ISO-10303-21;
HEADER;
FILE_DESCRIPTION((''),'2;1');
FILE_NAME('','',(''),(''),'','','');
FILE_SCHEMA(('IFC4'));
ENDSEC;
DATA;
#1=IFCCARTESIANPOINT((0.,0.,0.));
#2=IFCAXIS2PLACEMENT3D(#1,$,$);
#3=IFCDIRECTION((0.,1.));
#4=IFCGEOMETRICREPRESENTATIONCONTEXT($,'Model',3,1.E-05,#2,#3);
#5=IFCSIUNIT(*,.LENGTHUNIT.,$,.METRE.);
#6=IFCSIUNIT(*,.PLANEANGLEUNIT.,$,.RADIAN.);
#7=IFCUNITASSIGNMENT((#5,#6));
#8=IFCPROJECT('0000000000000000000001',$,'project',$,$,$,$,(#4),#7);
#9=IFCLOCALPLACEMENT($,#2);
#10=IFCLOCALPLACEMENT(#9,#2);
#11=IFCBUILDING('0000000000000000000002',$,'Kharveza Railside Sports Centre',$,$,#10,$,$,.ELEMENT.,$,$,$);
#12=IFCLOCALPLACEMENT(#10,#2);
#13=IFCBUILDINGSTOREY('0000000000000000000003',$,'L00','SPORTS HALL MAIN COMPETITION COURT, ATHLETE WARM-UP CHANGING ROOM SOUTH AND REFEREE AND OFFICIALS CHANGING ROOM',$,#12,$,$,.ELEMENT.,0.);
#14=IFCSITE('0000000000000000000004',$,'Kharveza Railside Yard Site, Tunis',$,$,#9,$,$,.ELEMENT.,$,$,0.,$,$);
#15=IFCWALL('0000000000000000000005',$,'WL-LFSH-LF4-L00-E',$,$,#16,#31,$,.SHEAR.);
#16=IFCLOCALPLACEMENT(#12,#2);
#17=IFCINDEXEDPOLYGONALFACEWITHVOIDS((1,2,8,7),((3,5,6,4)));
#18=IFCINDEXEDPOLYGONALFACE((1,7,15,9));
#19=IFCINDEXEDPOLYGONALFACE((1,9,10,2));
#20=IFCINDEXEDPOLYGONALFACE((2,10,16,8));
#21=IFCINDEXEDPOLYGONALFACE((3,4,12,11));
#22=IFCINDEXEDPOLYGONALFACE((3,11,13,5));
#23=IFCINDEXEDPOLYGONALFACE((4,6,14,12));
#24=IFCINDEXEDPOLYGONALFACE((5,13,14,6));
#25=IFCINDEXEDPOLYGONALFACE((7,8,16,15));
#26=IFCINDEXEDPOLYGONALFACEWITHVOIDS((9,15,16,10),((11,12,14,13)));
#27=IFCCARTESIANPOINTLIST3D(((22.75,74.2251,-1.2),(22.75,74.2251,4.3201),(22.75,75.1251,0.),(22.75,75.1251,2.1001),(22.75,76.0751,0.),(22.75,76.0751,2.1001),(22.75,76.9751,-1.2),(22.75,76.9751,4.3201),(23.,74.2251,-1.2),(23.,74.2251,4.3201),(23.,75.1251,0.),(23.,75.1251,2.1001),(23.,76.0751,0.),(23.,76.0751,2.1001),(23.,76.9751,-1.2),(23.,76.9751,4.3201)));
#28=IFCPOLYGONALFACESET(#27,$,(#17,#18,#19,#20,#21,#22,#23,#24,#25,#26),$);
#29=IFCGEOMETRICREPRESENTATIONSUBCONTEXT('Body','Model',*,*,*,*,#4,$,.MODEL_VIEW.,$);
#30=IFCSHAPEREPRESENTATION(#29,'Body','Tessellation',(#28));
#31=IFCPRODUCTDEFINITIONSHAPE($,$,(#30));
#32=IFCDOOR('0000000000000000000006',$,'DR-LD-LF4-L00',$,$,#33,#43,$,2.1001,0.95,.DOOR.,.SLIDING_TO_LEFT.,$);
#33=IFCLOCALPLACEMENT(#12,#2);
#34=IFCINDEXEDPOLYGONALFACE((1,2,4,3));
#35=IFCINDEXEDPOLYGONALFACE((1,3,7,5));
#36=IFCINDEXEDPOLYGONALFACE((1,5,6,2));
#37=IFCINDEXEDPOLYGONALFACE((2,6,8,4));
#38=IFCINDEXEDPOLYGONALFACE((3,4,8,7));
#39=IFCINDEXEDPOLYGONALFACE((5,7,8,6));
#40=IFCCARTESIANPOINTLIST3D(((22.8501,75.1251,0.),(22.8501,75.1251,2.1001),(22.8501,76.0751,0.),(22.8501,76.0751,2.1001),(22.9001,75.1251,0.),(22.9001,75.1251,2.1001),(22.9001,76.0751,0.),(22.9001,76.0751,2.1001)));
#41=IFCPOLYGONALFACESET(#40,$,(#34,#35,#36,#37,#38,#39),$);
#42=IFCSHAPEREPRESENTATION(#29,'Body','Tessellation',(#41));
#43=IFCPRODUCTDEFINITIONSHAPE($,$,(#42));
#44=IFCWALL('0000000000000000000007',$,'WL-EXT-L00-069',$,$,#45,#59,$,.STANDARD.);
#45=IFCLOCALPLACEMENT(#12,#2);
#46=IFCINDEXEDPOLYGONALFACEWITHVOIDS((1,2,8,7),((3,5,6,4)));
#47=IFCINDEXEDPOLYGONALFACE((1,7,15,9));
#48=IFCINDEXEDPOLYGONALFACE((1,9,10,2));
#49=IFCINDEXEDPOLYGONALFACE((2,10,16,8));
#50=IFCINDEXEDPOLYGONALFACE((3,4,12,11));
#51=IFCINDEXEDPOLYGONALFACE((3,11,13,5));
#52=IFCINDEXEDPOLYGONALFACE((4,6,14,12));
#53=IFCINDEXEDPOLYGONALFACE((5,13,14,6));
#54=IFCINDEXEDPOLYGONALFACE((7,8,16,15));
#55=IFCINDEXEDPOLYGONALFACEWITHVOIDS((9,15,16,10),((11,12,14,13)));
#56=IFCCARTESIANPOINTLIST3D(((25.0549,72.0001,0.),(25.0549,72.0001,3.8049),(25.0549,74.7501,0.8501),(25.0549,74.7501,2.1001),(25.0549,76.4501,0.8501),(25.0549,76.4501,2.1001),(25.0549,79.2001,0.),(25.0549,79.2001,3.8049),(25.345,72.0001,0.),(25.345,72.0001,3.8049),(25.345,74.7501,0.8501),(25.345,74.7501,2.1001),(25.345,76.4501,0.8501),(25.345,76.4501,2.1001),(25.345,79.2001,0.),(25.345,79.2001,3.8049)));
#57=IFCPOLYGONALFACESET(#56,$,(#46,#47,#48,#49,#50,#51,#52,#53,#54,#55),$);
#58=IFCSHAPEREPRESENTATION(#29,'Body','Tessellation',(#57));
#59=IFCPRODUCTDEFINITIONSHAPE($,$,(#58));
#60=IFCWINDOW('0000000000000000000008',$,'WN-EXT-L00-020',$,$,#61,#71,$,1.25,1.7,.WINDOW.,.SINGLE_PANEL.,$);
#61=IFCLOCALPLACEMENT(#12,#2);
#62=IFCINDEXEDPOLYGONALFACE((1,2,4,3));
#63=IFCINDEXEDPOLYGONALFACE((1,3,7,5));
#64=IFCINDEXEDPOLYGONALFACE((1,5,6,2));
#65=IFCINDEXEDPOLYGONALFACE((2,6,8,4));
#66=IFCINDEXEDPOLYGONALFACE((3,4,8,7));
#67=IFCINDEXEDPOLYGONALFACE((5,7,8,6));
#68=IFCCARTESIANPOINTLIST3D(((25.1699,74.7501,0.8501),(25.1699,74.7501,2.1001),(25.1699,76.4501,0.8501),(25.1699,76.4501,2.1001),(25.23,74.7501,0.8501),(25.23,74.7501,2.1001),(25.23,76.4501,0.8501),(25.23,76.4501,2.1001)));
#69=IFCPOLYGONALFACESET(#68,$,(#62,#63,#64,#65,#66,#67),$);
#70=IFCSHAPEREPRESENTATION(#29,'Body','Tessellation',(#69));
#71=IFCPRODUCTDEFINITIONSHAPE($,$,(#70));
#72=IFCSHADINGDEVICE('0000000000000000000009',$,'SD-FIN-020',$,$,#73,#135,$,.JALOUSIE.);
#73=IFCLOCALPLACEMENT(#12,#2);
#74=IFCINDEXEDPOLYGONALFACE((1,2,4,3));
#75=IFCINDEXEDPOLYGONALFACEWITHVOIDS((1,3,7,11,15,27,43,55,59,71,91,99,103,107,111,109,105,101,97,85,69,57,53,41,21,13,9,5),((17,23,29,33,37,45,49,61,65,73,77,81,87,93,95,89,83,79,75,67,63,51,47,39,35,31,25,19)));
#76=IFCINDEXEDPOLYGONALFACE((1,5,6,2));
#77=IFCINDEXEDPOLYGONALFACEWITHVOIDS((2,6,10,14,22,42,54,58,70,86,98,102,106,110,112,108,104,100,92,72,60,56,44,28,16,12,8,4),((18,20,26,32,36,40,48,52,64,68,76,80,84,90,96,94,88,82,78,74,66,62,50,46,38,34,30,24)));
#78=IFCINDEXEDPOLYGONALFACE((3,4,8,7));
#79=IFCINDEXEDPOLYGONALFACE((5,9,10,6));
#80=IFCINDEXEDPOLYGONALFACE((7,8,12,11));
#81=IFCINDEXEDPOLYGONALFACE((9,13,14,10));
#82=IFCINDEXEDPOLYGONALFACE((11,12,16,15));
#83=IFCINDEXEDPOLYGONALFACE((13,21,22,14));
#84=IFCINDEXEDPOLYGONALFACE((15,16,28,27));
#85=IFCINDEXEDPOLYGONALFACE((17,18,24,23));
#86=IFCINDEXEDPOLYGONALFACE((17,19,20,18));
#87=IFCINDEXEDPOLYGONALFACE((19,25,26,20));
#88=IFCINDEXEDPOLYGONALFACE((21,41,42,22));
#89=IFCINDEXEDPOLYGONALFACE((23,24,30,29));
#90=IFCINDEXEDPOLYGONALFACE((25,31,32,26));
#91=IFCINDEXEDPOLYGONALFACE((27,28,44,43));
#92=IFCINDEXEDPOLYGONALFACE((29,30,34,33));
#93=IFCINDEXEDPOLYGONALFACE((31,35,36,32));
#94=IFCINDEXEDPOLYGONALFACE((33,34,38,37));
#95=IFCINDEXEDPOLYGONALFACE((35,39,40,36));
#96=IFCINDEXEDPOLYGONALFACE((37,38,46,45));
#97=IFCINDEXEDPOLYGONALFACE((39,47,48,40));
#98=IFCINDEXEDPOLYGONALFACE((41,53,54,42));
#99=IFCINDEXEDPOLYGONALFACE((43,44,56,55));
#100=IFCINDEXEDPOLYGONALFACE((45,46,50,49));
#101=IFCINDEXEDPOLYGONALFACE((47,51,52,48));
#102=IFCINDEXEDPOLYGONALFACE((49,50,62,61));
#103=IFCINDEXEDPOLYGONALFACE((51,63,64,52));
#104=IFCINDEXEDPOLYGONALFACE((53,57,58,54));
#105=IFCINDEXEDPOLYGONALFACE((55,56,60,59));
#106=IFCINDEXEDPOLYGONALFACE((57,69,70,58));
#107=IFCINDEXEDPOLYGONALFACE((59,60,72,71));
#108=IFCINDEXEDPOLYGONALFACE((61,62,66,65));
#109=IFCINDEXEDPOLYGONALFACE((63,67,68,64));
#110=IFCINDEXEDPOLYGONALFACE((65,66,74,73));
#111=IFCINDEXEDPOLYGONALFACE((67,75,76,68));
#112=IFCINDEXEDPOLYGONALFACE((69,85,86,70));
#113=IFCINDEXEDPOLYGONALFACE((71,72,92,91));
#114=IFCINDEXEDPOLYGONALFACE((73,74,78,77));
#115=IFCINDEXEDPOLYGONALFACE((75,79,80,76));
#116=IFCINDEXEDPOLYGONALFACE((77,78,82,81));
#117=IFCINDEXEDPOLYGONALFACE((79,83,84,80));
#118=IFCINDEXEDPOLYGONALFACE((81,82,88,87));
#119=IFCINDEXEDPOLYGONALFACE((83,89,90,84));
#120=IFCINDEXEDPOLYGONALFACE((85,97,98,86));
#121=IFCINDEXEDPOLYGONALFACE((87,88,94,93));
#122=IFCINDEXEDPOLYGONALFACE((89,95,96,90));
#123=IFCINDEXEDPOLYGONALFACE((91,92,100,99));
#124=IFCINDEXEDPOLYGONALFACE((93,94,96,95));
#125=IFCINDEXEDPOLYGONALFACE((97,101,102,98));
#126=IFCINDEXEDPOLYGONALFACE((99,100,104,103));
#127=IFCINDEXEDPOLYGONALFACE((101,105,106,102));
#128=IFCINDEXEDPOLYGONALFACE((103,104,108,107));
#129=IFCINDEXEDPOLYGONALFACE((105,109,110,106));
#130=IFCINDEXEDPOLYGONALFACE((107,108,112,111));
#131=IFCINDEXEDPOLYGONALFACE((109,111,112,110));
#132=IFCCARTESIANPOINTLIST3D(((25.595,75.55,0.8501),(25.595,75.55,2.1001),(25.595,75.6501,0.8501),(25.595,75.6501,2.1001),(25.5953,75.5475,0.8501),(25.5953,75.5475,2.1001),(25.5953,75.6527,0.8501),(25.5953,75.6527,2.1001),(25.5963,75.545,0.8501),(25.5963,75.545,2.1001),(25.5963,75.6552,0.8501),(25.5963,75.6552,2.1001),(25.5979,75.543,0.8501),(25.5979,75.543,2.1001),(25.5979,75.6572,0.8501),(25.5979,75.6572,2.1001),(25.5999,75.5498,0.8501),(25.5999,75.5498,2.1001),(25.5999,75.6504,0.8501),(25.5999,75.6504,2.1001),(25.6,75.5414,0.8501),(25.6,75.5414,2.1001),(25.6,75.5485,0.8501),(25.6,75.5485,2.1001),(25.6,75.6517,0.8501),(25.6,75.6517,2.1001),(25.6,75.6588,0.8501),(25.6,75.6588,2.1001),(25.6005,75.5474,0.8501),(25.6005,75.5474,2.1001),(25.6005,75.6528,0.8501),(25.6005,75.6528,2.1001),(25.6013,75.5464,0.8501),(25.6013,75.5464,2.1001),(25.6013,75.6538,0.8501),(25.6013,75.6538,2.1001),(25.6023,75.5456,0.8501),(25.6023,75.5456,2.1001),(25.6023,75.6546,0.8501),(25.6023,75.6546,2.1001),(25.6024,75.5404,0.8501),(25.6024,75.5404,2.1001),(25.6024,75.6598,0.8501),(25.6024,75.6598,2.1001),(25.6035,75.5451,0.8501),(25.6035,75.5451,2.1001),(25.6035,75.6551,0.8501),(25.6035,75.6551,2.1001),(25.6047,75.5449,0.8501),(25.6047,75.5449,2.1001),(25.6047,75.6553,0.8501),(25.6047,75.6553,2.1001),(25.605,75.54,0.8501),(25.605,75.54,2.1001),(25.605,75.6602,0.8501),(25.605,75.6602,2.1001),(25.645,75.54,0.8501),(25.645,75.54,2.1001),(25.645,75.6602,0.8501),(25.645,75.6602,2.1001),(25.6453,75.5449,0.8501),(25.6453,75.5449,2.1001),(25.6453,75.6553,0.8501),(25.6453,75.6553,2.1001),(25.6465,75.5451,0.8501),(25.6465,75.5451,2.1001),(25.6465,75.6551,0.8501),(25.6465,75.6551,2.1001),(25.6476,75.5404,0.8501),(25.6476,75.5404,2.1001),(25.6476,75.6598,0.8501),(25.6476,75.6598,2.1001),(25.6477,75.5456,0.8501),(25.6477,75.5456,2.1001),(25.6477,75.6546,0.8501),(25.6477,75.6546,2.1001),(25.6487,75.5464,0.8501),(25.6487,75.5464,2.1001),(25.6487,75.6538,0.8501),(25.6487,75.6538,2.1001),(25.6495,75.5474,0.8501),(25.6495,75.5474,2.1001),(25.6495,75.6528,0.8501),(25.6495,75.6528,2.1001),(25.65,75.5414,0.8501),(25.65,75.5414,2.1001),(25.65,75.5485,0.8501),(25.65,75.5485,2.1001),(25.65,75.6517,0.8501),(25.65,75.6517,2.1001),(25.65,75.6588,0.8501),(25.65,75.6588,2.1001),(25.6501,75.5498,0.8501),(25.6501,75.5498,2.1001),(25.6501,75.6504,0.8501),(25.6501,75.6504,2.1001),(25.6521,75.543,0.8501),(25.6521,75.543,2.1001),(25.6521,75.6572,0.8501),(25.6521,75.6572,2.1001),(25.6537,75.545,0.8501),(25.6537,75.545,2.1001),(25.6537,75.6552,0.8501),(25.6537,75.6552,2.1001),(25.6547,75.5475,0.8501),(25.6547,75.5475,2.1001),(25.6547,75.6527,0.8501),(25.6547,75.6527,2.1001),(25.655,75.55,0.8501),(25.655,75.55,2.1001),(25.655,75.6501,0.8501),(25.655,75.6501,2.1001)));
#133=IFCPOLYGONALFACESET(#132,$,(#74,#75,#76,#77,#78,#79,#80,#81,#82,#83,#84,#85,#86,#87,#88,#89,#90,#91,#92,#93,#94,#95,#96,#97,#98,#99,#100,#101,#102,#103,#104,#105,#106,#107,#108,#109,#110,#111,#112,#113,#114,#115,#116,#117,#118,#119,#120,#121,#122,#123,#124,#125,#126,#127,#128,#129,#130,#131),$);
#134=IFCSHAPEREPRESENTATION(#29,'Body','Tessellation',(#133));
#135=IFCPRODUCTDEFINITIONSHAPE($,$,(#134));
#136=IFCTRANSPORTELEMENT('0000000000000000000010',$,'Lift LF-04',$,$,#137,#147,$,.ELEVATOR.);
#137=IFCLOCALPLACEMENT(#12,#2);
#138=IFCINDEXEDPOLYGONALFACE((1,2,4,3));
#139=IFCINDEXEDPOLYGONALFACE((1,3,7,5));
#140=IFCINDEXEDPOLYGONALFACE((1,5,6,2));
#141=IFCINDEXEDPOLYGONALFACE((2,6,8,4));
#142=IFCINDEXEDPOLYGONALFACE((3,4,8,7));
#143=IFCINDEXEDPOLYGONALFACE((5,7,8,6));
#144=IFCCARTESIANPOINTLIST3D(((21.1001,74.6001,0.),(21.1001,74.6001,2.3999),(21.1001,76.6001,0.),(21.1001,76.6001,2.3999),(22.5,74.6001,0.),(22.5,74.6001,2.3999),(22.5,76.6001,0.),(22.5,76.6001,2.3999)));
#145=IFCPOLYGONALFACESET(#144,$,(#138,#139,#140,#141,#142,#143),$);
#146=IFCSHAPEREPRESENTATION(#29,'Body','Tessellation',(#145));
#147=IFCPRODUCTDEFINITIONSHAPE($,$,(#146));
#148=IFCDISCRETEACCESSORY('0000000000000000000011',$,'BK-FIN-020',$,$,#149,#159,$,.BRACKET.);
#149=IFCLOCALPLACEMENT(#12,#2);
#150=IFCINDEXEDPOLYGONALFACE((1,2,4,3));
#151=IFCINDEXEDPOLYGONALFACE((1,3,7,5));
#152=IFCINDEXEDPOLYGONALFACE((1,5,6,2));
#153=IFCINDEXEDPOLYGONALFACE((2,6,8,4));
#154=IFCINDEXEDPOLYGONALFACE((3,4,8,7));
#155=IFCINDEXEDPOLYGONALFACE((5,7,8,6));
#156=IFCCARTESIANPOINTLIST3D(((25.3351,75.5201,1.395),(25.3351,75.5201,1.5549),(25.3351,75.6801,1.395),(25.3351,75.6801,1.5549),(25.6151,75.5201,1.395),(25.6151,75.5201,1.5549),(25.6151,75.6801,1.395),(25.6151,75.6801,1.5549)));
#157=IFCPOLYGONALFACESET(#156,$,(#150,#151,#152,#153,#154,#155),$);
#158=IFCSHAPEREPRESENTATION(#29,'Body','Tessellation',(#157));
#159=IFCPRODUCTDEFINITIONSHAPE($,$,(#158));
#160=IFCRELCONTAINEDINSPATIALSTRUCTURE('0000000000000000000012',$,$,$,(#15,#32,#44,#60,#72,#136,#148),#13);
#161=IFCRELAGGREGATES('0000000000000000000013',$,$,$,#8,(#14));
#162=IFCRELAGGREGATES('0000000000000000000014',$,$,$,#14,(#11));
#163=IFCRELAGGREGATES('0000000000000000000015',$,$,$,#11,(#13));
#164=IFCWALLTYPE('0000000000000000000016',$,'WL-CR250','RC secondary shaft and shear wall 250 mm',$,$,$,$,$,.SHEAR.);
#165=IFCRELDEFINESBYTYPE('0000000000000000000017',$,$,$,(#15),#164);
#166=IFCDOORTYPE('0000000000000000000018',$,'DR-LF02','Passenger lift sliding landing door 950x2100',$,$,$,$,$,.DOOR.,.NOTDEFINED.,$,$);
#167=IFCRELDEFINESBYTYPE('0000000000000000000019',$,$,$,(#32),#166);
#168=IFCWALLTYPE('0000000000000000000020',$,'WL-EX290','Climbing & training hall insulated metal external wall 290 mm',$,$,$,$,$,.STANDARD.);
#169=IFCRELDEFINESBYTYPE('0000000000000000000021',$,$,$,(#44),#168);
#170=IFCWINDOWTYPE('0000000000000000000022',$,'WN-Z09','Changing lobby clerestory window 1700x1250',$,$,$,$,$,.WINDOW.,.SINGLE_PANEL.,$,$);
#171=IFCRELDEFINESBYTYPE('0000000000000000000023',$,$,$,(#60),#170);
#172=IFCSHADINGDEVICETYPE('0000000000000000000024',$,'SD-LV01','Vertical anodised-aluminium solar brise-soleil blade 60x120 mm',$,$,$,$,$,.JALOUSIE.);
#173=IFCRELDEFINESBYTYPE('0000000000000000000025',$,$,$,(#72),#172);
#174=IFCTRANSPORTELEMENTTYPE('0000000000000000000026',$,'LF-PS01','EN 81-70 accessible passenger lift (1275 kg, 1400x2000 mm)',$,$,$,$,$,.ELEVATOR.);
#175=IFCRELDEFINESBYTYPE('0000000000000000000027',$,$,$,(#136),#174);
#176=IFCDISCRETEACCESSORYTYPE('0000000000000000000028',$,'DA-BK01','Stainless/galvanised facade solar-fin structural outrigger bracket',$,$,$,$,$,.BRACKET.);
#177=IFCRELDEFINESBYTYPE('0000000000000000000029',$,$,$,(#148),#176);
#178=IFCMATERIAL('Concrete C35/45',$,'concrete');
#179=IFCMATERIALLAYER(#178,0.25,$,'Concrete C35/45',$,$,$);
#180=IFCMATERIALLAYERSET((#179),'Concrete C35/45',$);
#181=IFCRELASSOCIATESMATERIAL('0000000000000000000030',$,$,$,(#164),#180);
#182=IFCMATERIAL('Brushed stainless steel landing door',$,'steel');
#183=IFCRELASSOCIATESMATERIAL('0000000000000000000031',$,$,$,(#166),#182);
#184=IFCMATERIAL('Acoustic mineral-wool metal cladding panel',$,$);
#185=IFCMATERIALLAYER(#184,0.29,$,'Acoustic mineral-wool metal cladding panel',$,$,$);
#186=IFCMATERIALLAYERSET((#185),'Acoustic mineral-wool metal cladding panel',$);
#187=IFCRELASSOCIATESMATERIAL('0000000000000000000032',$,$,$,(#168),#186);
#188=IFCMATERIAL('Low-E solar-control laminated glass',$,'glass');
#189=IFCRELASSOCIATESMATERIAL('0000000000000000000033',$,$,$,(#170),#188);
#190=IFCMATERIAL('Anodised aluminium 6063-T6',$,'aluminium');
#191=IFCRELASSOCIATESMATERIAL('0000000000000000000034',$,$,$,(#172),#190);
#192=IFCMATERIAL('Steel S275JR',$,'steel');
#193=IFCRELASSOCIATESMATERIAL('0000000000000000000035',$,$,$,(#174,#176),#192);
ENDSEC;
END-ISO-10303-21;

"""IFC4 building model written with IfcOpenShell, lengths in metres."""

from ifc_helpers import new_model, si_unit, direction, frame, frame_2d, origin, origin_2d, place, context, subcontext, project, spatial, rectangle, hollow_rectangle, extrude, material, layer, layer_set, material_profile, profile_set, type_object, element, fill, save


model = new_model("IFC4")

# Units and contexts
model_context = context("Model", 3, precision=1e-05, world=origin(), true_north=direction((0.0, 1.0)))
body_context = subcontext(model_context, "Body", "Model", "MODEL_VIEW")
ifc_project = project(units=[si_unit("LENGTHUNIT", "METRE"), si_unit("PLANEANGLEUNIT", "RADIAN")], contexts=[model_context])

# Site, building, storey
site_placement = place(None, origin())
site = spatial("IfcSite", under=ifc_project, at=site_placement, Name="Kharveza Railside Yard Site, Tunis", CompositionType="ELEMENT", RefElevation=0.0)
building_placement = place(site_placement, origin())
building = spatial("IfcBuilding", under=site, at=building_placement, Name="Kharveza Railside Sports Centre", CompositionType="ELEMENT")
storey_placement = place(building_placement, origin())
storey = spatial("IfcBuildingStorey", under=building, at=storey_placement, Name="L00", Description="SPORTS HALL MAIN COMPETITION COURT, ATHLETE WARM-UP CHANGING ROOM SOUTH AND REFEREE AND OFFICIALS CHANGING ROOM", CompositionType="ELEMENT", Elevation=0.0)

# Shared definitions
ifc_material_1 = material(Name="Concrete C35/45", Category="concrete")

# Shared definitions
ifc_layer_1 = layer(ifc_material_1, 0.25, Name="Concrete C35/45")
ifc_layer_set_1 = layer_set([ifc_layer_1], Name="Concrete C35/45")
wall_type_1 = type_object("IfcWallType", Name="WL-CR250", Description="RC secondary shaft and shear wall 250 mm", PredefinedType="SHEAR", material=ifc_layer_set_1)

# Wall, opening, door
wall_1_placement = place(storey_placement, frame((22.875, 74.2251, -1.2), z_axis=(0.0, 0.0, 1.0), x_axis=(0.0, 1.0, 0.0)))
wall_1 = element("IfcWall", 1, at=wall_1_placement, inside=storey, type_object=wall_type_1, Name="WL-LFSH-LF4-L00-E", PredefinedType="SHEAR", context=body_context, shape_type="SweptSolid", body=[
    extrude(rectangle(XDim=2.75, YDim=0.25, at=frame_2d((1.375, 0.0))), origin(), (0.0, 0.0, 1.0), 5.52),
])
opening_1_placement = place(wall_1_placement, frame((0.8999, 0.0, 1.2)))
opening_1 = element("IfcOpeningElement", 2, at=opening_1_placement, cuts=wall_1, PredefinedType="OPENING", context=body_context, shape_type="SweptSolid", body=[
    extrude(rectangle(XDim=0.95, YDim=2.1001, at=frame_2d((0.4751, 1.05))), frame((0.0, 0.1499, 0.0), z_axis=(0.0, -1.0, 0.0), x_axis=(1.0, 0.0, 0.0)), (0.0, 0.0, 1.0), 0.2998),
])
ifc_material_2 = material(Name="Brushed stainless steel landing door", Category="steel")
door_type = type_object("IfcDoorType", Name="DR-LF02", Description="Passenger lift sliding landing door 950x2100", OperationType="NOTDEFINED", PredefinedType="DOOR", material=ifc_material_2)
door_placement = place(opening_1_placement, origin())
door = element("IfcDoor", 3, at=door_placement, inside=storey, type_object=door_type, Name="DR-LD-LF4-L00", OperationType="SLIDING_TO_LEFT", OverallHeight=2.1001, OverallWidth=0.95, PredefinedType="DOOR", context=body_context, shape_type="SweptSolid", body=[
    extrude(rectangle(XDim=0.95, YDim=2.1001, at=frame_2d((0.4751, 1.05))), frame((0.0, 0.0249, 0.0), z_axis=(0.0, -1.0, 0.0), x_axis=(1.0, 0.0, 0.0)), (0.0, 0.0, 1.0), 0.05),
])
fill(opening_1, door)

# Wall, opening, window
ifc_material_3 = material(Name="Acoustic mineral-wool metal cladding panel")
ifc_layer_2 = layer(ifc_material_3, 0.29, Name="Acoustic mineral-wool metal cladding panel")
ifc_layer_set_2 = layer_set([ifc_layer_2], Name="Acoustic mineral-wool metal cladding panel")
wall_type_2 = type_object("IfcWallType", Name="WL-EX290", Description="Climbing & training hall insulated metal external wall 290 mm", PredefinedType="STANDARD", material=ifc_layer_set_2)
wall_2_placement = place(storey_placement, frame((25.2, 72.0, 0.0), z_axis=(0.0, 0.0, 1.0), x_axis=(0.0, 1.0, 0.0)))
wall_2 = element("IfcWall", 4, at=wall_2_placement, inside=storey, type_object=wall_type_2, Name="WL-EXT-L00-069", PredefinedType="STANDARD", context=body_context, shape_type="SweptSolid", body=[
    extrude(rectangle(XDim=7.2, YDim=0.29, at=frame_2d((3.6001, 0.0))), origin(), (0.0, 0.0, 1.0), 3.8049),
])
opening_2_placement = place(wall_2_placement, frame((2.75, 0.0, 0.8501)))
opening_2 = element("IfcOpeningElement", 5, at=opening_2_placement, cuts=wall_2, PredefinedType="OPENING", context=body_context, shape_type="SweptSolid", body=[
    extrude(rectangle(XDim=1.7, YDim=1.25, at=frame_2d((0.8501, 0.625))), frame((0.0, 0.1699, 0.0), z_axis=(0.0, -1.0, 0.0), x_axis=(1.0, 0.0, 0.0)), (0.0, 0.0, 1.0), 0.3398),
])
ifc_material_4 = material(Name="Low-E solar-control laminated glass", Category="glass")
window_type = type_object("IfcWindowType", Name="WN-Z09", Description="Changing lobby clerestory window 1700x1250", PartitioningType="SINGLE_PANEL", PredefinedType="WINDOW", material=ifc_material_4)
window_placement = place(opening_2_placement, origin())
window = element("IfcWindow", 6, at=window_placement, inside=storey, type_object=window_type, Name="WN-EXT-L00-020", OverallHeight=1.25, OverallWidth=1.7, PartitioningType="SINGLE_PANEL", PredefinedType="WINDOW", context=body_context, shape_type="SweptSolid", body=[
    extrude(rectangle(XDim=1.7, YDim=1.25, at=frame_2d((0.8501, 0.625))), frame((0.0, 0.03, 0.0), z_axis=(0.0, -1.0, 0.0), x_axis=(1.0, 0.0, 0.0)), (0.0, 0.0, 1.0), 0.0601),
])
fill(opening_2, window)

# Shading device
ifc_material_5 = material(Name="Anodised aluminium 6063-T6", Category="aluminium")
ifc_material_profile_1 = material_profile(ifc_material_5, hollow_rectangle(XDim=0.0601, YDim=0.1201, WallThickness=0.0049, InnerFilletRadius=0.0049, OuterFilletRadius=0.01, at=origin_2d()), Name="RHS 60x120x5.0")
ifc_profile_set_1 = profile_set([ifc_material_profile_1], Name="Anodised aluminium 6063-T6")
shading_device_type = type_object("IfcShadingDeviceType", Name="SD-LV01", Description="Vertical anodised-aluminium solar brise-soleil blade 60x120 mm", PredefinedType="JALOUSIE", material=ifc_profile_set_1)
shading_device_placement = place(storey_placement, frame((25.625, 75.6001, 0.8501), z_axis=(0.0, 0.0, 1.0), x_axis=(1.0, 0.0, 0.0)))
element("IfcShadingDevice", 7, at=shading_device_placement, inside=storey, type_object=shading_device_type, Name="SD-FIN-020", PredefinedType="JALOUSIE", context=body_context, shape_type="SweptSolid", body=[
    extrude(hollow_rectangle(XDim=0.0601, YDim=0.1201, WallThickness=0.0049, InnerFilletRadius=0.0049, OuterFilletRadius=0.01, at=origin_2d()), origin(), (0.0, 0.0, 1.0), 1.25),
])

# Transport element
ifc_material_6 = material(Name="Steel S275JR", Category="steel")
transport_element_type = type_object("IfcTransportElementType", Name="LF-PS01", Description="EN 81-70 accessible passenger lift (1275 kg, 1400x2000 mm)", PredefinedType="ELEVATOR", material=ifc_material_6)
transport_element_placement = place(storey_placement, frame((21.8, 75.6001, 0.0), z_axis=(0.0, 0.0, 1.0), x_axis=(1.0, 0.0, 0.0)))
element("IfcTransportElement", 8, at=transport_element_placement, inside=storey, type_object=transport_element_type, Name="Lift LF-04", PredefinedType="ELEVATOR", context=body_context, shape_type="SweptSolid", body=[
    extrude(rectangle(XDim=1.3999, YDim=2.0, at=origin_2d()), origin(), (0.0, 0.0, 1.0), 2.3999),
])

# Discrete accessory
discrete_accessory_type = type_object("IfcDiscreteAccessoryType", Name="DA-BK01", Description="Stainless/galvanised facade solar-fin structural outrigger bracket", PredefinedType="BRACKET", material=ifc_material_6)
discrete_accessory_placement = place(storey_placement, frame((25.4751, 75.6001, 1.395), z_axis=(0.0, 0.0, 1.0), x_axis=(1.0, 0.0, 0.0)))
element("IfcDiscreteAccessory", 9, at=discrete_accessory_placement, inside=storey, type_object=discrete_accessory_type, Name="BK-FIN-020", PredefinedType="BRACKET", context=body_context, shape_type="SweptSolid", body=[
    extrude(rectangle(XDim=0.28, YDim=0.1599, at=origin_2d()), origin(), (0.0, 0.0, 1.0), 0.1599),
])

save(model, "model.ifc")
